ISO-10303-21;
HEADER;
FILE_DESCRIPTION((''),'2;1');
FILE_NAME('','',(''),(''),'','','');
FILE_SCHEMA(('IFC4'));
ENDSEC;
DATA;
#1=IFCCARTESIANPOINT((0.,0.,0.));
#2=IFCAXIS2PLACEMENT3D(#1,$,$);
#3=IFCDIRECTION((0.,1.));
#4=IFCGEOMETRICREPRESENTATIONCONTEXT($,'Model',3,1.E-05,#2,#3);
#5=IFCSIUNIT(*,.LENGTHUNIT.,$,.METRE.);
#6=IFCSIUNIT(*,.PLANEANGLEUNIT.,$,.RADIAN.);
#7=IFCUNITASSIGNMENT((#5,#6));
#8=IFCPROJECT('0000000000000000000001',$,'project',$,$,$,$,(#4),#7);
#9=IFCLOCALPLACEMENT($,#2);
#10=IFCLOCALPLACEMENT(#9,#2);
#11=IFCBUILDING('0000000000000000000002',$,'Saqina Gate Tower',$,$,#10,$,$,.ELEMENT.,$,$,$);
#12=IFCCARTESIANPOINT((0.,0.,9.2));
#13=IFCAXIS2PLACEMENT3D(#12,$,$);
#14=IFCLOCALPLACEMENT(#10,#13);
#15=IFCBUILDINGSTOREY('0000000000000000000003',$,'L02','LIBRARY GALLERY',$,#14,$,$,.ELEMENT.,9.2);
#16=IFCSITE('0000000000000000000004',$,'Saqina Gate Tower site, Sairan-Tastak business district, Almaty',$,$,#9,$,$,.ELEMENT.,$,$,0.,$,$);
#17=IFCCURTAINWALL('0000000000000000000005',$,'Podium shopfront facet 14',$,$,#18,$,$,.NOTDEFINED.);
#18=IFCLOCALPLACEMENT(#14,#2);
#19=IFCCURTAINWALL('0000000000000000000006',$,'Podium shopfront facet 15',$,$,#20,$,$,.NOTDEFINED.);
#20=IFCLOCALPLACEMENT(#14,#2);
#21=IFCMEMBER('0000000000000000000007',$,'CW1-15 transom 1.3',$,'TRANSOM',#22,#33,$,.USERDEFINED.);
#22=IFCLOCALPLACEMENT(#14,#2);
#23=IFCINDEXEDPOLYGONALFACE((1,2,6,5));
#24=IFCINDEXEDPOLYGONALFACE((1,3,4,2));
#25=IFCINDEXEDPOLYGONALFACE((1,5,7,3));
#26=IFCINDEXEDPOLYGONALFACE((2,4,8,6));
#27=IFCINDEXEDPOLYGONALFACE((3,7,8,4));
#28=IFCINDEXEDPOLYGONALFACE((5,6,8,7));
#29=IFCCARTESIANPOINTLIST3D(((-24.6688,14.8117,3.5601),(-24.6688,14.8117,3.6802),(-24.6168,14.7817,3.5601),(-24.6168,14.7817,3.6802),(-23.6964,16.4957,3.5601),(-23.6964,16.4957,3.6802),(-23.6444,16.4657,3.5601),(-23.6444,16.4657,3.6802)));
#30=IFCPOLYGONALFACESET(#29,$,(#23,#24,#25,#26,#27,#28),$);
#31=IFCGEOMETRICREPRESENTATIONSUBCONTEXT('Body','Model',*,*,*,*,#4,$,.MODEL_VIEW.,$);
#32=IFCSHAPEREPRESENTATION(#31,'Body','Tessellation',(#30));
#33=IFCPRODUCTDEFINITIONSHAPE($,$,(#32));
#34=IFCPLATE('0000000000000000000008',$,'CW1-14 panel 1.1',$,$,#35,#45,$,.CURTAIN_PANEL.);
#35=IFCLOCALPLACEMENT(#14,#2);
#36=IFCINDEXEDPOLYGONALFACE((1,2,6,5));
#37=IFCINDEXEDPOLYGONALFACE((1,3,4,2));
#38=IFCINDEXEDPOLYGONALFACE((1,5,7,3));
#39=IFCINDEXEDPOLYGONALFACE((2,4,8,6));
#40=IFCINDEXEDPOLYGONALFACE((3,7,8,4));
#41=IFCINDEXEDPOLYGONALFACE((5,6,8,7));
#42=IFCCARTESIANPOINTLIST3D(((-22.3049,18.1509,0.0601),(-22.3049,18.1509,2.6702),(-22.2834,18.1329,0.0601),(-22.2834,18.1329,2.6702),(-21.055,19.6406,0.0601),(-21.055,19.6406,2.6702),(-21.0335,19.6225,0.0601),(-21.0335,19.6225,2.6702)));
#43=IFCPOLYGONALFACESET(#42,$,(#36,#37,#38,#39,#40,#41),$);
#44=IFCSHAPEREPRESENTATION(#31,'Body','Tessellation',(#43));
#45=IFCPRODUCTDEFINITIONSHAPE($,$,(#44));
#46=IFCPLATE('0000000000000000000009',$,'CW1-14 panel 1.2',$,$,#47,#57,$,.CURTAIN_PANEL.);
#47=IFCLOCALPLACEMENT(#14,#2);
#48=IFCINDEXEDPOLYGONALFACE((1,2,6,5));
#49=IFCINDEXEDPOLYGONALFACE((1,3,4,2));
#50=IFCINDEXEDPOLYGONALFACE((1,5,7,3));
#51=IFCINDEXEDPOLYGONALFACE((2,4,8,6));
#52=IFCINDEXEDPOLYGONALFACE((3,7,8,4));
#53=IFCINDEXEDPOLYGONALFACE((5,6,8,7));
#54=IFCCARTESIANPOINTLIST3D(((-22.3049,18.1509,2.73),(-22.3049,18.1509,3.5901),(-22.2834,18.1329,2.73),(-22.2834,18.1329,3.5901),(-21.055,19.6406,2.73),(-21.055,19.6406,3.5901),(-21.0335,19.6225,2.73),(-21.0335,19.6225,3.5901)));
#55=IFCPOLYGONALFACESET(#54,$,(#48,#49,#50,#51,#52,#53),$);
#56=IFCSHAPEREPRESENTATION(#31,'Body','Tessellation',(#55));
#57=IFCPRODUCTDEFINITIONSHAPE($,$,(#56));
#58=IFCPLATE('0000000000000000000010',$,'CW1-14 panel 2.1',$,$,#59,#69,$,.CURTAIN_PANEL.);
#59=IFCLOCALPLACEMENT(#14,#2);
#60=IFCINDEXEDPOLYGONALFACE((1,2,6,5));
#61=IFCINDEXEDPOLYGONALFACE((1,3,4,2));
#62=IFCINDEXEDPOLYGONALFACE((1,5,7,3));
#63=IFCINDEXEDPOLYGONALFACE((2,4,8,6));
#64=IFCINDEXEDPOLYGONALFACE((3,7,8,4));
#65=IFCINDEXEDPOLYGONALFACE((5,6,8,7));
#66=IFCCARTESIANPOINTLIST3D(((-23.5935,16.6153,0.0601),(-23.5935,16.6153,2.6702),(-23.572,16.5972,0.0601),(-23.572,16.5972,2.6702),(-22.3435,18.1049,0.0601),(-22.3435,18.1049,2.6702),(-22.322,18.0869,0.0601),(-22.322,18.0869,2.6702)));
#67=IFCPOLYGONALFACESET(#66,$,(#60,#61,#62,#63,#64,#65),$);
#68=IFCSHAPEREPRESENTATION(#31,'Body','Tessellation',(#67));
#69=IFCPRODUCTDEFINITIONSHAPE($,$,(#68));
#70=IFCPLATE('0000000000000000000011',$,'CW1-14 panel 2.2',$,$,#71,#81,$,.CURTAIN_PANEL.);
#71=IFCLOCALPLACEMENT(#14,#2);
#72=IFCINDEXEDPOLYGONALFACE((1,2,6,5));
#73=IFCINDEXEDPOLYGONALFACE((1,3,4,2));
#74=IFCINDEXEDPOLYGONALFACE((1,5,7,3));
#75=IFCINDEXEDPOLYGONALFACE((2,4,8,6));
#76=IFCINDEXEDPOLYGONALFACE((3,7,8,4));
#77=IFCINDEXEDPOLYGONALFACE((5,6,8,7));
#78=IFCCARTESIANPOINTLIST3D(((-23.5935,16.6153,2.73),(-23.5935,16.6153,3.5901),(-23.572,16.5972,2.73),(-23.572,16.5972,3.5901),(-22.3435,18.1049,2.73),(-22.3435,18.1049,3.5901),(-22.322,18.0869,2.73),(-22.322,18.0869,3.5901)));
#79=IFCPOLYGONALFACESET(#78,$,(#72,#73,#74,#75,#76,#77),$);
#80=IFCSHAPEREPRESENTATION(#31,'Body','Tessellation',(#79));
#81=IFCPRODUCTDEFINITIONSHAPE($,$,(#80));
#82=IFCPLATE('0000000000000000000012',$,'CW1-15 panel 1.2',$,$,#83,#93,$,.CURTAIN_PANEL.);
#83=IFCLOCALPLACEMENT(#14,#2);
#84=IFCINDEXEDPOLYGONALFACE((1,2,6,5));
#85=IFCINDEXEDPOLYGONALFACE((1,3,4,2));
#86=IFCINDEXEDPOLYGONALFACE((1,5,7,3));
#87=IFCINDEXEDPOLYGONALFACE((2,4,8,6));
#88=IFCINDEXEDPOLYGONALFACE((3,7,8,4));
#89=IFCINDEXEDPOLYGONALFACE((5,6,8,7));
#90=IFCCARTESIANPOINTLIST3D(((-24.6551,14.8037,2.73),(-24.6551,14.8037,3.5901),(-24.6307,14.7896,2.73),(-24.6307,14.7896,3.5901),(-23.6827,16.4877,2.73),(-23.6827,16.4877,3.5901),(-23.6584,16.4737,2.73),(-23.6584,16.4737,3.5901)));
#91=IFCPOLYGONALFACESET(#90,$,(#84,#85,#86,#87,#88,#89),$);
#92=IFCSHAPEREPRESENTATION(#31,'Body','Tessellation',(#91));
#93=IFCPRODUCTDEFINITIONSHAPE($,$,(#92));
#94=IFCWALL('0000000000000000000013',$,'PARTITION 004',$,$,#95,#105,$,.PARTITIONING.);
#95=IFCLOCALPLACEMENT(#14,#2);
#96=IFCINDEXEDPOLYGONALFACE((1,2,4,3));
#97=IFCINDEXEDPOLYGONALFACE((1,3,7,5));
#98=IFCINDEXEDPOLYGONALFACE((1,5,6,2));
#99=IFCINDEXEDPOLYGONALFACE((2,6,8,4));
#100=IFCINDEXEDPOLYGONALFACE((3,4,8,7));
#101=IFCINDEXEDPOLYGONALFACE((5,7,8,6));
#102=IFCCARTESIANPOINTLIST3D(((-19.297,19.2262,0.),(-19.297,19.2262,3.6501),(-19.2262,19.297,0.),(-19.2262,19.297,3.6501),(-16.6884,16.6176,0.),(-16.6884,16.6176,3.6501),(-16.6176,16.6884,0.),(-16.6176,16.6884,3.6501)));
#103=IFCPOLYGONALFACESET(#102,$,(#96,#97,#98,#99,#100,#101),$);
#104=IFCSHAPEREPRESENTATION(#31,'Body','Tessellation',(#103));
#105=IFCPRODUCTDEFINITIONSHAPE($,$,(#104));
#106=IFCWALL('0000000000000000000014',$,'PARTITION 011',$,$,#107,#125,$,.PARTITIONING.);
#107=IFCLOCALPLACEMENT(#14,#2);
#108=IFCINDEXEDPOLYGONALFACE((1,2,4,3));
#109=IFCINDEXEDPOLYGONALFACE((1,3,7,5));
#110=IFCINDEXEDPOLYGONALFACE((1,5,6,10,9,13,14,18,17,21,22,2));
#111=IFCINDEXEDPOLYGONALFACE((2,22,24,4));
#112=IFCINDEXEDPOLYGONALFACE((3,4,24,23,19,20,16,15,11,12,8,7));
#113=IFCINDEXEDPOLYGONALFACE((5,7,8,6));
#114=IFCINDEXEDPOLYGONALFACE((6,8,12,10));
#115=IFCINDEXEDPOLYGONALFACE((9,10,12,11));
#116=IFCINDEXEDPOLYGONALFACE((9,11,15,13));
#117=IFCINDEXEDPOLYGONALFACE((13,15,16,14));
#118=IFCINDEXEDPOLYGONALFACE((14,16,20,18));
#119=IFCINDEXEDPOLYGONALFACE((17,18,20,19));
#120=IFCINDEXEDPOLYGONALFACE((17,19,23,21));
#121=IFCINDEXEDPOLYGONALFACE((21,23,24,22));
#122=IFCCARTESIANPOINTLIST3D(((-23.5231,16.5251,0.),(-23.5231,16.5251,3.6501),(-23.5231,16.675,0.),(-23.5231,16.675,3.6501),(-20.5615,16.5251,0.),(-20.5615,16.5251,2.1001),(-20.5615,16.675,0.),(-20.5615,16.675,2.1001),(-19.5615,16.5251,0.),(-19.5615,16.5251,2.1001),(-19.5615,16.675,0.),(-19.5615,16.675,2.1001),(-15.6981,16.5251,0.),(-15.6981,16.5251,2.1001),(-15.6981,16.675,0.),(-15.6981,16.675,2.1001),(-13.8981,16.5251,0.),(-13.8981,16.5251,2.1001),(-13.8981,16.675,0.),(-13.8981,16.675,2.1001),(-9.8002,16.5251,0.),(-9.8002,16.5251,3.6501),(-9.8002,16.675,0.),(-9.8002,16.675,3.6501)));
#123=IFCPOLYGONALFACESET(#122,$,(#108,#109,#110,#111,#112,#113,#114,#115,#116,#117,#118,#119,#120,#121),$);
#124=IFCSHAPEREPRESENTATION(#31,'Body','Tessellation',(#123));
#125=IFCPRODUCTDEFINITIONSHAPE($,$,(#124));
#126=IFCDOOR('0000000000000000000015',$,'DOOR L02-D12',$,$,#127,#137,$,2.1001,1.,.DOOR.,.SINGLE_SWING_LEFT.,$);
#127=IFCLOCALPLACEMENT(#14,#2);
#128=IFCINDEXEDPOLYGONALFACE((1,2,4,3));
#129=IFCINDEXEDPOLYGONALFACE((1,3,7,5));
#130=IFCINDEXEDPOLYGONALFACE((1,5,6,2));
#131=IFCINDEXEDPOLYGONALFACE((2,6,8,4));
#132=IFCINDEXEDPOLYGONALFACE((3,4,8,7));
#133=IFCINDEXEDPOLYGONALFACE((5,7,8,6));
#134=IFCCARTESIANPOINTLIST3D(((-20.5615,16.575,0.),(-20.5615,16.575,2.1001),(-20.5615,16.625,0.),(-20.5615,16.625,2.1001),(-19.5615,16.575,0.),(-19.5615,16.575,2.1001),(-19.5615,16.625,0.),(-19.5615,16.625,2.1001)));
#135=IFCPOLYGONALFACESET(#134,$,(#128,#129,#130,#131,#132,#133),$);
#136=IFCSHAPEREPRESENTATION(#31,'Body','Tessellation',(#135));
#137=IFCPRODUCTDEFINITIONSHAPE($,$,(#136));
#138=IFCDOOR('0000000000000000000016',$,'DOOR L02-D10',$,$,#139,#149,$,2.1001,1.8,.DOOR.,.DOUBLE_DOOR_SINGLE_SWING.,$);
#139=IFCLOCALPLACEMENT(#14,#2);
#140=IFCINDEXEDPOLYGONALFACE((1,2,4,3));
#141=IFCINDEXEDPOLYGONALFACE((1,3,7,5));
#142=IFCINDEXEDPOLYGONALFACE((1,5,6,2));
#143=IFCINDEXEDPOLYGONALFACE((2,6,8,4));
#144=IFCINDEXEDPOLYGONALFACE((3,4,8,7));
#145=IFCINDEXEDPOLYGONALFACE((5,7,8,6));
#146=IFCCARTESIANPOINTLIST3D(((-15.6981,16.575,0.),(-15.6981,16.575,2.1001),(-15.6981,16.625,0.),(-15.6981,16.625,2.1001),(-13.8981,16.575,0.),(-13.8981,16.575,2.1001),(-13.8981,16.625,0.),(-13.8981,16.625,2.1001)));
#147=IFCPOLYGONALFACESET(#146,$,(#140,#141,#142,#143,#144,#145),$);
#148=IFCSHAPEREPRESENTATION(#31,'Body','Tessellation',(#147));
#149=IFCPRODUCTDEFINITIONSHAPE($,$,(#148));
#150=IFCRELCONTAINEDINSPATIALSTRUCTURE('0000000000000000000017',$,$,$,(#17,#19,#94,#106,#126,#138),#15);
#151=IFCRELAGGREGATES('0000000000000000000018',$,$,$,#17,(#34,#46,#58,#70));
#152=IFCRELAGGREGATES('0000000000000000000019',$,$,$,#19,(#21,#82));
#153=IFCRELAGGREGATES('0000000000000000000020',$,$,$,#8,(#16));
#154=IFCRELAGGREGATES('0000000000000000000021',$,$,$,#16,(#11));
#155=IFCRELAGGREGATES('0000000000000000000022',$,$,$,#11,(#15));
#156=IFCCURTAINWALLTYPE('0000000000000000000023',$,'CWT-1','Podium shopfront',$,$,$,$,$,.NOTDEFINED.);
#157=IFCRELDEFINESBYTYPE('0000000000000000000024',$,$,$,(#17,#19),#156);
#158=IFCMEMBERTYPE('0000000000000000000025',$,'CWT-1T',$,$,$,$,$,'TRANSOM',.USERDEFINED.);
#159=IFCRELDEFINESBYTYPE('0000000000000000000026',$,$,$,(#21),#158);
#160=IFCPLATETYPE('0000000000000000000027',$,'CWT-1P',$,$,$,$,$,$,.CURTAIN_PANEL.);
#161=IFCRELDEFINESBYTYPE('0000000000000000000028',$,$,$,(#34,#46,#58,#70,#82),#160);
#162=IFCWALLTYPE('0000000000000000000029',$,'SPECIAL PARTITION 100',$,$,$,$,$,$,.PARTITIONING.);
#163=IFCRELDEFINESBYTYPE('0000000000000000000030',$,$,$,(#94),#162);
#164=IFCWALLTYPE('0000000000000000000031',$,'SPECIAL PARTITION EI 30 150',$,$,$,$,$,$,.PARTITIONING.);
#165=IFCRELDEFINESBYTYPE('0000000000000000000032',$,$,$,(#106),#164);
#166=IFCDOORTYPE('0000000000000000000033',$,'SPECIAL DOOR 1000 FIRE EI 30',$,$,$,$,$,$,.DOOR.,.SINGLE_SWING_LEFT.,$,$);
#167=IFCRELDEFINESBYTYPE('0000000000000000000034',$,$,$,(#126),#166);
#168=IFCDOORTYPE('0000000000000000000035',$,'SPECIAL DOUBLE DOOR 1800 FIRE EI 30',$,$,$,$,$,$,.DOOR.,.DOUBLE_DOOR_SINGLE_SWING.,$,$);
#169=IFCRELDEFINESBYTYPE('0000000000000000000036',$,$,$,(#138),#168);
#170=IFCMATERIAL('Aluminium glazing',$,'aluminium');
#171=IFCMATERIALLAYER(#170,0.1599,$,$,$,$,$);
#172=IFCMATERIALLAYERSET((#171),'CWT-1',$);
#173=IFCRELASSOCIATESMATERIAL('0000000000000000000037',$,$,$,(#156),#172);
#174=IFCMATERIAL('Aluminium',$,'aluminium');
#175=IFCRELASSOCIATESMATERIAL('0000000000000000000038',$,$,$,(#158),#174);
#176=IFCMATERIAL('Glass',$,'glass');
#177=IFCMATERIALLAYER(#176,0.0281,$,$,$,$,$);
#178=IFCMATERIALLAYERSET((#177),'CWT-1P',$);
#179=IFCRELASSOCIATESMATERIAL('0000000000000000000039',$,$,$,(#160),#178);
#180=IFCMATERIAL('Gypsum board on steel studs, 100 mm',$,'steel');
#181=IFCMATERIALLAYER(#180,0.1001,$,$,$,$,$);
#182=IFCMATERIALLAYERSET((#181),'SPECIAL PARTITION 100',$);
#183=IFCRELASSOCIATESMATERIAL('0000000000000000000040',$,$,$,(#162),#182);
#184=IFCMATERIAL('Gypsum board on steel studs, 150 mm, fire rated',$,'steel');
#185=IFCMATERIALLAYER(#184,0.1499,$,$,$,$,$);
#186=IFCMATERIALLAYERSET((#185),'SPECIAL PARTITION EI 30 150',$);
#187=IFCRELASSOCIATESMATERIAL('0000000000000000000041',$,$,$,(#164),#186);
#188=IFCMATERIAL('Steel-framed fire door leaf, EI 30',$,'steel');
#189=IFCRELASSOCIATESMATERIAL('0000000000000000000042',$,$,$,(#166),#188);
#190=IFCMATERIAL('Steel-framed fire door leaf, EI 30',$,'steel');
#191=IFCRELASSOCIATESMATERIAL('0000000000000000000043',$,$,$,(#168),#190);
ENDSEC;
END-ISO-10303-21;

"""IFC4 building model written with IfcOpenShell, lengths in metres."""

from ifc_helpers import new_model, si_unit, direction, frame, frame_2d, origin, origin_2d, place, context, subcontext, project, spatial, rectangle, extrude, material, layer, layer_set, material_profile, profile_set, type_object, element, fill, aggregate, save


model = new_model("IFC4")

# Units and contexts
model_context = context("Model", 3, precision=1e-05, world=origin(), true_north=direction((0.0, 1.0)))
body_context = subcontext(model_context, "Body", "Model", "MODEL_VIEW")
ifc_project = project(units=[si_unit("LENGTHUNIT", "METRE"), si_unit("PLANEANGLEUNIT", "RADIAN")], contexts=[model_context])

# Site, building, storey
site_placement = place(None, origin())
site = spatial("IfcSite", under=ifc_project, at=site_placement, Name="Saqina Gate Tower site, Sairan-Tastak business district, Almaty", CompositionType="ELEMENT", RefElevation=0.0)
building_placement = place(site_placement, origin())
building = spatial("IfcBuilding", under=site, at=building_placement, Name="Saqina Gate Tower", CompositionType="ELEMENT")
storey_placement = place(building_placement, frame((0.0, 0.0, 9.2)))
storey = spatial("IfcBuildingStorey", under=building, at=storey_placement, Name="L02", Description="LIBRARY GALLERY", CompositionType="ELEMENT", Elevation=9.2)

# Shared definitions
ifc_material_1 = material(Name="Aluminium glazing", Category="aluminium")
ifc_layer_1 = layer(ifc_material_1, 0.1599)
ifc_layer_set_1 = layer_set([ifc_layer_1], Name="CWT-1")
curtain_wall_type = type_object("IfcCurtainWallType", Name="CWT-1", Description="Podium shopfront", PredefinedType="NOTDEFINED", material=ifc_layer_set_1)

# Curtain wall
curtain_wall_1_placement = place(storey_placement, origin())
curtain_wall_1 = element("IfcCurtainWall", 1, at=curtain_wall_1_placement, inside=storey, type_object=curtain_wall_type, Name="Podium shopfront facet 14", PredefinedType="NOTDEFINED")

# Curtain wall
curtain_wall_2_placement = place(storey_placement, origin())
curtain_wall_2 = element("IfcCurtainWall", 2, at=curtain_wall_2_placement, inside=storey, type_object=curtain_wall_type, Name="Podium shopfront facet 15", PredefinedType="NOTDEFINED")

# Member
ifc_material_2 = material(Name="Aluminium", Category="aluminium")
ifc_material_profile_1 = material_profile(ifc_material_2, rectangle(XDim=0.0601, YDim=0.1201, at=origin_2d()), Name="Aluminium 60x120")
ifc_profile_set_1 = profile_set([ifc_material_profile_1], Name="Aluminium")
member_type_1 = type_object("IfcMemberType", Name="CWT-1T", ElementType="TRANSOM", PredefinedType="USERDEFINED", material=ifc_profile_set_1)
member_1_placement = place(storey_placement, frame((-23.6704, 16.4807, 3.6201), z_axis=(-0.500041, -0.866002, 0.0), x_axis=(0.866002, -0.500041, 0.0)))
member_1 = element("IfcMember", 3, at=member_1_placement, type_object=member_type_1, Name="CW1-15 transom 1.3", ObjectType="TRANSOM", PredefinedType="USERDEFINED", context=body_context, shape_type="SweptSolid", body=[
    extrude(rectangle(XDim=0.0601, YDim=0.1201, at=origin_2d()), origin(), (0.0, 0.0, 1.0), 1.9446),
])

# Plates
ifc_material_3 = material(Name="Glass", Category="glass")
ifc_layer_2 = layer(ifc_material_3, 0.0281)
ifc_layer_set_2 = layer_set([ifc_layer_2], Name="CWT-1P")
plate_type = type_object("IfcPlateType", Name="CWT-1P", PredefinedType="CURTAIN_PANEL", material=ifc_layer_set_2)
plate_1_placement = place(storey_placement, frame((-21.6692, 18.8867, 0.0601), z_axis=(0.0, 0.0, 1.0), x_axis=(-0.642779, -0.766051, 0.0)))
plate_1 = element("IfcPlate", 4, at=plate_1_placement, type_object=plate_type, Name="CW1-14 panel 1.1", PredefinedType="CURTAIN_PANEL", context=body_context, shape_type="SweptSolid", body=[
    extrude(rectangle(XDim=1.9446, YDim=0.0281, at=origin_2d()), origin(), (0.0, 0.0, 1.0), 2.6101),
])
plate_2_placement = place(storey_placement, frame((-21.6692, 18.8867, 2.73), z_axis=(0.0, 0.0, 1.0), x_axis=(-0.642779, -0.766051, 0.0)))
plate_2 = element("IfcPlate", 5, at=plate_2_placement, type_object=plate_type, Name="CW1-14 panel 1.2", PredefinedType="CURTAIN_PANEL", context=body_context, shape_type="SweptSolid", body=[
    extrude(rectangle(XDim=1.9446, YDim=0.0281, at=origin_2d()), origin(), (0.0, 0.0, 1.0), 0.8601),
])
plate_3_placement = place(storey_placement, frame((-22.9578, 17.3511, 0.0601), z_axis=(0.0, 0.0, 1.0), x_axis=(-0.642779, -0.766051, 0.0)))
plate_3 = element("IfcPlate", 6, at=plate_3_placement, type_object=plate_type, Name="CW1-14 panel 2.1", PredefinedType="CURTAIN_PANEL", context=body_context, shape_type="SweptSolid", body=[
    extrude(rectangle(XDim=1.9446, YDim=0.0281, at=origin_2d()), origin(), (0.0, 0.0, 1.0), 2.6101),
])
plate_4_placement = place(storey_placement, frame((-22.9578, 17.3511, 2.73), z_axis=(0.0, 0.0, 1.0), x_axis=(-0.642779, -0.766051, 0.0)))
plate_4 = element("IfcPlate", 7, at=plate_4_placement, type_object=plate_type, Name="CW1-14 panel 2.2", PredefinedType="CURTAIN_PANEL", context=body_context, shape_type="SweptSolid", body=[
    extrude(rectangle(XDim=1.9446, YDim=0.0281, at=origin_2d()), origin(), (0.0, 0.0, 1.0), 0.8601),
])
aggregate(curtain_wall_1, [plate_1, plate_2, plate_3, plate_4])
plate_5_placement = place(storey_placement, frame((-24.1567, 15.6387, 2.73), z_axis=(0.0, 0.0, 1.0), x_axis=(-0.500014, -0.866017, 0.0)))
plate_5 = element("IfcPlate", 8, at=plate_5_placement, type_object=plate_type, Name="CW1-15 panel 1.2", PredefinedType="CURTAIN_PANEL", context=body_context, shape_type="SweptSolid", body=[
    extrude(rectangle(XDim=1.9446, YDim=0.0281, at=origin_2d()), origin(), (0.0, 0.0, 1.0), 0.8601),
])
aggregate(curtain_wall_2, [member_1, plate_5])

# Wall
ifc_material_4 = material(Name="Gypsum board on steel studs, 100 mm", Category="steel")
ifc_layer_3 = layer(ifc_material_4, 0.1001)
ifc_layer_set_3 = layer_set([ifc_layer_3], Name="SPECIAL PARTITION 100")
wall_type_1 = type_object("IfcWallType", Name="SPECIAL PARTITION 100", PredefinedType="PARTITIONING", material=ifc_layer_set_3)
wall_1_placement = place(storey_placement, frame((-19.2617, 19.2617, 0.0), z_axis=(0.0, 0.0, 1.0), x_axis=(0.707107, -0.707107, 0.0)))
element("IfcWall", 9, at=wall_1_placement, inside=storey, type_object=wall_type_1, Name="PARTITION 004", PredefinedType="PARTITIONING", context=body_context, shape_type="SweptSolid", body=[
    extrude(rectangle(XDim=3.6892, YDim=0.1001, at=frame_2d((1.8447, 0.0))), origin(), (0.0, 0.0, 1.0), 3.6501),
])

# Wall, openings, doors
ifc_material_5 = material(Name="Gypsum board on steel studs, 150 mm, fire rated", Category="steel")
ifc_layer_4 = layer(ifc_material_5, 0.1499)
ifc_layer_set_4 = layer_set([ifc_layer_4], Name="SPECIAL PARTITION EI 30 150")
wall_type_2 = type_object("IfcWallType", Name="SPECIAL PARTITION EI 30 150", PredefinedType="PARTITIONING", material=ifc_layer_set_4)
wall_2_placement = place(storey_placement, frame((-23.5229, 16.6001, 0.0), z_axis=(0.0, 0.0, 1.0), x_axis=(1.0, 0.0, 0.0)))
wall_2 = element("IfcWall", 10, at=wall_2_placement, inside=storey, type_object=wall_type_2, Name="PARTITION 011", PredefinedType="PARTITIONING", context=body_context, shape_type="SweptSolid", body=[
    extrude(rectangle(XDim=13.7229, YDim=0.1499, at=frame_2d((6.8613, 0.0))), origin(), (0.0, 0.0, 1.0), 3.6501),
])
opening_1_placement = place(wall_2_placement, frame((7.825, 0.0, 0.0)))
opening_1 = element("IfcOpeningElement", 11, at=opening_1_placement, cuts=wall_2, PredefinedType="OPENING", context=body_context, shape_type="SweptSolid", body=[
    extrude(rectangle(XDim=1.8, YDim=2.1001, at=frame_2d((0.8999, 1.05))), frame((0.0, 0.0869, 0.0), z_axis=(0.0, -1.0, 0.0), x_axis=(1.0, 0.0, 0.0)), (0.0, 0.0, 1.0), 0.1738),
])
opening_2_placement = place(wall_2_placement, frame((2.9614, 0.0, 0.0)))
opening_2 = element("IfcOpeningElement", 12, at=opening_2_placement, cuts=wall_2, PredefinedType="OPENING", context=body_context, shape_type="SweptSolid", body=[
    extrude(rectangle(XDim=1.0, YDim=2.1001, at=frame_2d((0.5, 1.05))), frame((0.0, 0.0869, 0.0), z_axis=(0.0, -1.0, 0.0), x_axis=(1.0, 0.0, 0.0)), (0.0, 0.0, 1.0), 0.1738),
])
ifc_material_6 = material(Name="Steel-framed fire door leaf, EI 30", Category="steel")
door_type_1 = type_object("IfcDoorType", Name="SPECIAL DOOR 1000 FIRE EI 30", OperationType="SINGLE_SWING_LEFT", PredefinedType="DOOR", material=ifc_material_6)
door_1_placement = place(opening_2_placement, origin())
door_1 = element("IfcDoor", 13, at=door_1_placement, inside=storey, type_object=door_type_1, Name="DOOR L02-D12", OperationType="SINGLE_SWING_LEFT", OverallHeight=2.1001, OverallWidth=1.0, PredefinedType="DOOR", context=body_context, shape_type="SweptSolid", body=[
    extrude(rectangle(XDim=1.0, YDim=2.1001, at=frame_2d((0.5, 1.05))), frame((0.0, 0.0249, 0.0), z_axis=(0.0, -1.0, 0.0), x_axis=(1.0, 0.0, 0.0)), (0.0, 0.0, 1.0), 0.05),
])
fill(opening_2, door_1)
ifc_material_7 = material(Name="Steel-framed fire door leaf, EI 30", Category="steel")
door_type_2 = type_object("IfcDoorType", Name="SPECIAL DOUBLE DOOR 1800 FIRE EI 30", OperationType="DOUBLE_DOOR_SINGLE_SWING", PredefinedType="DOOR", material=ifc_material_7)
door_2_placement = place(opening_1_placement, origin())
door_2 = element("IfcDoor", 14, at=door_2_placement, inside=storey, type_object=door_type_2, Name="DOOR L02-D10", OperationType="DOUBLE_DOOR_SINGLE_SWING", OverallHeight=2.1001, OverallWidth=1.8, PredefinedType="DOOR", context=body_context, shape_type="SweptSolid", body=[
    extrude(rectangle(XDim=1.8, YDim=2.1001, at=frame_2d((0.8999, 1.05))), frame((0.0, 0.0249, 0.0), z_axis=(0.0, -1.0, 0.0), x_axis=(1.0, 0.0, 0.0)), (0.0, 0.0, 1.0), 0.05),
])
fill(opening_1, door_2)

save(model, "model.ifc")
